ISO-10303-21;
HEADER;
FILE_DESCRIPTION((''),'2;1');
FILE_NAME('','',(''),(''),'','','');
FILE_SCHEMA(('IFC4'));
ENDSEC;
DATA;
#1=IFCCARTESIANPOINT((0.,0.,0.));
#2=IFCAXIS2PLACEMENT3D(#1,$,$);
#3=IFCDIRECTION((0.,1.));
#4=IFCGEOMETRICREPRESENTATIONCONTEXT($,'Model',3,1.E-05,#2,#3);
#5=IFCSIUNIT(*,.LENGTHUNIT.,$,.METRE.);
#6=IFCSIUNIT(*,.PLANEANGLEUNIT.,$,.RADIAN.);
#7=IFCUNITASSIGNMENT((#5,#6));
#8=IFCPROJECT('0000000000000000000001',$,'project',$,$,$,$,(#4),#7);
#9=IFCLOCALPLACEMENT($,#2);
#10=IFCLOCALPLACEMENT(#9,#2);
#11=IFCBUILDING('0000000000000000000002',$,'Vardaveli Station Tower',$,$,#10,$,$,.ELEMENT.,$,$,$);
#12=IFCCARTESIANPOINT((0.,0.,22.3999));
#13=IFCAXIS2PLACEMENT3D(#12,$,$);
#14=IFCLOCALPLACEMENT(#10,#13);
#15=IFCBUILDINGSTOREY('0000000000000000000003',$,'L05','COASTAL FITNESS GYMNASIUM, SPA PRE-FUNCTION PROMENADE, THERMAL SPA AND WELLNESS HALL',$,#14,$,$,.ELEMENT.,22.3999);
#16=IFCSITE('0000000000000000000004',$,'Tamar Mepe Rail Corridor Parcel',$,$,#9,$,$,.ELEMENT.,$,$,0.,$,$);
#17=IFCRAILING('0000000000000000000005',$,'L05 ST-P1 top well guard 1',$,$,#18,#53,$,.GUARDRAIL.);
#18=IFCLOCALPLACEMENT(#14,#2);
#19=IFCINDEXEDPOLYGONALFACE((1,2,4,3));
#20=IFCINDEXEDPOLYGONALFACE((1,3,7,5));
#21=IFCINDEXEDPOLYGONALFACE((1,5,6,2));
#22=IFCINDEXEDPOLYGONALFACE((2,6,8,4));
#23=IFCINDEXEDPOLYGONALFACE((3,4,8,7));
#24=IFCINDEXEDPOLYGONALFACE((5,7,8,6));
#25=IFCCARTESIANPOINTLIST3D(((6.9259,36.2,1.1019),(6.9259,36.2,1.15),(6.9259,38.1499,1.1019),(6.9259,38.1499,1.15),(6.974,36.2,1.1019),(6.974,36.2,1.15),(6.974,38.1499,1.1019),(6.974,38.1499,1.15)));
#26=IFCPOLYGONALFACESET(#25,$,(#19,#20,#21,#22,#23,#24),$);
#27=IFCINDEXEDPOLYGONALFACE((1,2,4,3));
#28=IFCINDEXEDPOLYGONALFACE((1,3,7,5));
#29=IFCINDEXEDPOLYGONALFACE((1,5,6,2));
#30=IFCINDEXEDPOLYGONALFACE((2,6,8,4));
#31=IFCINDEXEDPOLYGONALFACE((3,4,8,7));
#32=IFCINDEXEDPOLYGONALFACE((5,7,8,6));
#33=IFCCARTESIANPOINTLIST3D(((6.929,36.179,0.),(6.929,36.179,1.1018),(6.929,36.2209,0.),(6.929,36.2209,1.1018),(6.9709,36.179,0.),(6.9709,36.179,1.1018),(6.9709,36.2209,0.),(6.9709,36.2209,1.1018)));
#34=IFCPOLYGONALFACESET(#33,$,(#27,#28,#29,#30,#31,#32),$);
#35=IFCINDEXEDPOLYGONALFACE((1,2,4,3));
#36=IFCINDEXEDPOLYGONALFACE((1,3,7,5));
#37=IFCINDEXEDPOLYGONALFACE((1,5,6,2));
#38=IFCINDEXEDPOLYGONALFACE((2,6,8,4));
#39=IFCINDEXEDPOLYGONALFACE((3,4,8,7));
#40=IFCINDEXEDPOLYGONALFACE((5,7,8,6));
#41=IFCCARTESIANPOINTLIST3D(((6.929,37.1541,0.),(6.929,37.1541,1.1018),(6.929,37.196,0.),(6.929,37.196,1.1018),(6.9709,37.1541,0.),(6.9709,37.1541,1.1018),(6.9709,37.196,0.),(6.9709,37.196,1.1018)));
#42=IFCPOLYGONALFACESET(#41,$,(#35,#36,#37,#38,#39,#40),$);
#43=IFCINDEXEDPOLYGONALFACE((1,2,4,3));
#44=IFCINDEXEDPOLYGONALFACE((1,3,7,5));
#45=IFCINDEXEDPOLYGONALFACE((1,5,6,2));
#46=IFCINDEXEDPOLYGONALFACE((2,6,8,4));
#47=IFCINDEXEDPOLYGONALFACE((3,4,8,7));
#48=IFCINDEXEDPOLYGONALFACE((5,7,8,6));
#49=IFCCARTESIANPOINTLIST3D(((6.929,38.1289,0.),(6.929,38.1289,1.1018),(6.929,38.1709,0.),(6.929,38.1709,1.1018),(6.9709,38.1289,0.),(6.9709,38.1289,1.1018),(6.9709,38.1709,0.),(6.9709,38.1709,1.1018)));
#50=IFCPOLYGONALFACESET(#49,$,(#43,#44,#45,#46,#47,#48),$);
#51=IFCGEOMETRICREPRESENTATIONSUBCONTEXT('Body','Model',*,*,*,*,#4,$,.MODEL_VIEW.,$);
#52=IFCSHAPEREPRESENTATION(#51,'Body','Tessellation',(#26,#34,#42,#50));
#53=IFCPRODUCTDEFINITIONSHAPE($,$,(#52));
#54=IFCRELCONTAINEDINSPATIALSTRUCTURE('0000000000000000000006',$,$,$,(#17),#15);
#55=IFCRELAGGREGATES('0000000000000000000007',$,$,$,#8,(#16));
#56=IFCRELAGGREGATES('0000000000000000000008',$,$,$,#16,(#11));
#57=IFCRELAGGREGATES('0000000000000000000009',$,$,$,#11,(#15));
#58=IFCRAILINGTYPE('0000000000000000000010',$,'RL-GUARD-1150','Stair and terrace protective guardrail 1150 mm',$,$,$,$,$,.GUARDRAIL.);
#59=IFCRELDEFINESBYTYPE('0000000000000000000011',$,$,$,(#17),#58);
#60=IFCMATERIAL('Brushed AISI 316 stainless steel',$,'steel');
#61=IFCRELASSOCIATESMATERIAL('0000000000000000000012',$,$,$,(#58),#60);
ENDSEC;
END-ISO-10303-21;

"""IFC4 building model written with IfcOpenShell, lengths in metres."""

from ifc_helpers import new_model, si_unit, direction, frame, origin, origin_2d, place, context, subcontext, project, spatial, rectangle, extrude, source, transform, mapped, material, type_object, element, save


model = new_model("IFC4")

# Units and contexts
model_context = context("Model", 3, precision=1e-05, world=origin(), true_north=direction((0.0, 1.0)))
body_context = subcontext(model_context, "Body", "Model", "MODEL_VIEW")
ifc_project = project(units=[si_unit("LENGTHUNIT", "METRE"), si_unit("PLANEANGLEUNIT", "RADIAN")], contexts=[model_context])

# Site, building, storey
site_placement = place(None, origin())
site = spatial("IfcSite", under=ifc_project, at=site_placement, Name="Tamar Mepe Rail Corridor Parcel", CompositionType="ELEMENT", RefElevation=0.0)
building_placement = place(site_placement, origin())
building = spatial("IfcBuilding", under=site, at=building_placement, Name="Vardaveli Station Tower", CompositionType="ELEMENT")
storey_placement = place(building_placement, frame((0.0, 0.0, 22.3999)))
storey = spatial("IfcBuildingStorey", under=building, at=storey_placement, Name="L05", Description="COASTAL FITNESS GYMNASIUM, SPA PRE-FUNCTION PROMENADE, THERMAL SPA AND WELLNESS HALL", CompositionType="ELEMENT", Elevation=22.3999)

# Railing
ifc_material_1 = material(Name="Brushed AISI 316 stainless steel", Category="steel")
railing_type = type_object("IfcRailingType", Name="RL-GUARD-1150", Description="Stair and terrace protective guardrail 1150 mm", PredefinedType="GUARDRAIL", material=ifc_material_1)
shared_shape_1 = source(origin(), body_context, "Body", "SweptSolid", [
    extrude(rectangle(XDim=0.0481, YDim=0.0481, at=origin_2d()), frame((0.0, 0.0, 1.126), z_axis=(0.0, 1.0, 0.0), x_axis=(-1.0, 0.0, 0.0)), (0.0, 0.0, 1.0), 1.95),
    extrude(rectangle(XDim=0.042, YDim=0.042, at=origin_2d()), origin(), (0.0, 0.0, 1.0), 1.1018),
    extrude(rectangle(XDim=0.042, YDim=0.042, at=origin_2d()), frame((0.0, 0.9751, 0.0)), (0.0, 0.0, 1.0), 1.1018),
    extrude(rectangle(XDim=0.042, YDim=0.042, at=origin_2d()), frame((0.0, 1.95, 0.0)), (0.0, 0.0, 1.0), 1.1018),
])
railing_placement = place(storey_placement, frame((6.95, 36.2, 0.0)))
element("IfcRailing", 1, at=railing_placement, inside=storey, type_object=railing_type, Name="L05 ST-P1 top well guard 1", PredefinedType="GUARDRAIL", context=body_context, shape_type="MappedRepresentation", body=[
    mapped(shared_shape_1, transform((0.0, 0.0, 0.0), scale=1.0)),
])

save(model, "model.ifc")
